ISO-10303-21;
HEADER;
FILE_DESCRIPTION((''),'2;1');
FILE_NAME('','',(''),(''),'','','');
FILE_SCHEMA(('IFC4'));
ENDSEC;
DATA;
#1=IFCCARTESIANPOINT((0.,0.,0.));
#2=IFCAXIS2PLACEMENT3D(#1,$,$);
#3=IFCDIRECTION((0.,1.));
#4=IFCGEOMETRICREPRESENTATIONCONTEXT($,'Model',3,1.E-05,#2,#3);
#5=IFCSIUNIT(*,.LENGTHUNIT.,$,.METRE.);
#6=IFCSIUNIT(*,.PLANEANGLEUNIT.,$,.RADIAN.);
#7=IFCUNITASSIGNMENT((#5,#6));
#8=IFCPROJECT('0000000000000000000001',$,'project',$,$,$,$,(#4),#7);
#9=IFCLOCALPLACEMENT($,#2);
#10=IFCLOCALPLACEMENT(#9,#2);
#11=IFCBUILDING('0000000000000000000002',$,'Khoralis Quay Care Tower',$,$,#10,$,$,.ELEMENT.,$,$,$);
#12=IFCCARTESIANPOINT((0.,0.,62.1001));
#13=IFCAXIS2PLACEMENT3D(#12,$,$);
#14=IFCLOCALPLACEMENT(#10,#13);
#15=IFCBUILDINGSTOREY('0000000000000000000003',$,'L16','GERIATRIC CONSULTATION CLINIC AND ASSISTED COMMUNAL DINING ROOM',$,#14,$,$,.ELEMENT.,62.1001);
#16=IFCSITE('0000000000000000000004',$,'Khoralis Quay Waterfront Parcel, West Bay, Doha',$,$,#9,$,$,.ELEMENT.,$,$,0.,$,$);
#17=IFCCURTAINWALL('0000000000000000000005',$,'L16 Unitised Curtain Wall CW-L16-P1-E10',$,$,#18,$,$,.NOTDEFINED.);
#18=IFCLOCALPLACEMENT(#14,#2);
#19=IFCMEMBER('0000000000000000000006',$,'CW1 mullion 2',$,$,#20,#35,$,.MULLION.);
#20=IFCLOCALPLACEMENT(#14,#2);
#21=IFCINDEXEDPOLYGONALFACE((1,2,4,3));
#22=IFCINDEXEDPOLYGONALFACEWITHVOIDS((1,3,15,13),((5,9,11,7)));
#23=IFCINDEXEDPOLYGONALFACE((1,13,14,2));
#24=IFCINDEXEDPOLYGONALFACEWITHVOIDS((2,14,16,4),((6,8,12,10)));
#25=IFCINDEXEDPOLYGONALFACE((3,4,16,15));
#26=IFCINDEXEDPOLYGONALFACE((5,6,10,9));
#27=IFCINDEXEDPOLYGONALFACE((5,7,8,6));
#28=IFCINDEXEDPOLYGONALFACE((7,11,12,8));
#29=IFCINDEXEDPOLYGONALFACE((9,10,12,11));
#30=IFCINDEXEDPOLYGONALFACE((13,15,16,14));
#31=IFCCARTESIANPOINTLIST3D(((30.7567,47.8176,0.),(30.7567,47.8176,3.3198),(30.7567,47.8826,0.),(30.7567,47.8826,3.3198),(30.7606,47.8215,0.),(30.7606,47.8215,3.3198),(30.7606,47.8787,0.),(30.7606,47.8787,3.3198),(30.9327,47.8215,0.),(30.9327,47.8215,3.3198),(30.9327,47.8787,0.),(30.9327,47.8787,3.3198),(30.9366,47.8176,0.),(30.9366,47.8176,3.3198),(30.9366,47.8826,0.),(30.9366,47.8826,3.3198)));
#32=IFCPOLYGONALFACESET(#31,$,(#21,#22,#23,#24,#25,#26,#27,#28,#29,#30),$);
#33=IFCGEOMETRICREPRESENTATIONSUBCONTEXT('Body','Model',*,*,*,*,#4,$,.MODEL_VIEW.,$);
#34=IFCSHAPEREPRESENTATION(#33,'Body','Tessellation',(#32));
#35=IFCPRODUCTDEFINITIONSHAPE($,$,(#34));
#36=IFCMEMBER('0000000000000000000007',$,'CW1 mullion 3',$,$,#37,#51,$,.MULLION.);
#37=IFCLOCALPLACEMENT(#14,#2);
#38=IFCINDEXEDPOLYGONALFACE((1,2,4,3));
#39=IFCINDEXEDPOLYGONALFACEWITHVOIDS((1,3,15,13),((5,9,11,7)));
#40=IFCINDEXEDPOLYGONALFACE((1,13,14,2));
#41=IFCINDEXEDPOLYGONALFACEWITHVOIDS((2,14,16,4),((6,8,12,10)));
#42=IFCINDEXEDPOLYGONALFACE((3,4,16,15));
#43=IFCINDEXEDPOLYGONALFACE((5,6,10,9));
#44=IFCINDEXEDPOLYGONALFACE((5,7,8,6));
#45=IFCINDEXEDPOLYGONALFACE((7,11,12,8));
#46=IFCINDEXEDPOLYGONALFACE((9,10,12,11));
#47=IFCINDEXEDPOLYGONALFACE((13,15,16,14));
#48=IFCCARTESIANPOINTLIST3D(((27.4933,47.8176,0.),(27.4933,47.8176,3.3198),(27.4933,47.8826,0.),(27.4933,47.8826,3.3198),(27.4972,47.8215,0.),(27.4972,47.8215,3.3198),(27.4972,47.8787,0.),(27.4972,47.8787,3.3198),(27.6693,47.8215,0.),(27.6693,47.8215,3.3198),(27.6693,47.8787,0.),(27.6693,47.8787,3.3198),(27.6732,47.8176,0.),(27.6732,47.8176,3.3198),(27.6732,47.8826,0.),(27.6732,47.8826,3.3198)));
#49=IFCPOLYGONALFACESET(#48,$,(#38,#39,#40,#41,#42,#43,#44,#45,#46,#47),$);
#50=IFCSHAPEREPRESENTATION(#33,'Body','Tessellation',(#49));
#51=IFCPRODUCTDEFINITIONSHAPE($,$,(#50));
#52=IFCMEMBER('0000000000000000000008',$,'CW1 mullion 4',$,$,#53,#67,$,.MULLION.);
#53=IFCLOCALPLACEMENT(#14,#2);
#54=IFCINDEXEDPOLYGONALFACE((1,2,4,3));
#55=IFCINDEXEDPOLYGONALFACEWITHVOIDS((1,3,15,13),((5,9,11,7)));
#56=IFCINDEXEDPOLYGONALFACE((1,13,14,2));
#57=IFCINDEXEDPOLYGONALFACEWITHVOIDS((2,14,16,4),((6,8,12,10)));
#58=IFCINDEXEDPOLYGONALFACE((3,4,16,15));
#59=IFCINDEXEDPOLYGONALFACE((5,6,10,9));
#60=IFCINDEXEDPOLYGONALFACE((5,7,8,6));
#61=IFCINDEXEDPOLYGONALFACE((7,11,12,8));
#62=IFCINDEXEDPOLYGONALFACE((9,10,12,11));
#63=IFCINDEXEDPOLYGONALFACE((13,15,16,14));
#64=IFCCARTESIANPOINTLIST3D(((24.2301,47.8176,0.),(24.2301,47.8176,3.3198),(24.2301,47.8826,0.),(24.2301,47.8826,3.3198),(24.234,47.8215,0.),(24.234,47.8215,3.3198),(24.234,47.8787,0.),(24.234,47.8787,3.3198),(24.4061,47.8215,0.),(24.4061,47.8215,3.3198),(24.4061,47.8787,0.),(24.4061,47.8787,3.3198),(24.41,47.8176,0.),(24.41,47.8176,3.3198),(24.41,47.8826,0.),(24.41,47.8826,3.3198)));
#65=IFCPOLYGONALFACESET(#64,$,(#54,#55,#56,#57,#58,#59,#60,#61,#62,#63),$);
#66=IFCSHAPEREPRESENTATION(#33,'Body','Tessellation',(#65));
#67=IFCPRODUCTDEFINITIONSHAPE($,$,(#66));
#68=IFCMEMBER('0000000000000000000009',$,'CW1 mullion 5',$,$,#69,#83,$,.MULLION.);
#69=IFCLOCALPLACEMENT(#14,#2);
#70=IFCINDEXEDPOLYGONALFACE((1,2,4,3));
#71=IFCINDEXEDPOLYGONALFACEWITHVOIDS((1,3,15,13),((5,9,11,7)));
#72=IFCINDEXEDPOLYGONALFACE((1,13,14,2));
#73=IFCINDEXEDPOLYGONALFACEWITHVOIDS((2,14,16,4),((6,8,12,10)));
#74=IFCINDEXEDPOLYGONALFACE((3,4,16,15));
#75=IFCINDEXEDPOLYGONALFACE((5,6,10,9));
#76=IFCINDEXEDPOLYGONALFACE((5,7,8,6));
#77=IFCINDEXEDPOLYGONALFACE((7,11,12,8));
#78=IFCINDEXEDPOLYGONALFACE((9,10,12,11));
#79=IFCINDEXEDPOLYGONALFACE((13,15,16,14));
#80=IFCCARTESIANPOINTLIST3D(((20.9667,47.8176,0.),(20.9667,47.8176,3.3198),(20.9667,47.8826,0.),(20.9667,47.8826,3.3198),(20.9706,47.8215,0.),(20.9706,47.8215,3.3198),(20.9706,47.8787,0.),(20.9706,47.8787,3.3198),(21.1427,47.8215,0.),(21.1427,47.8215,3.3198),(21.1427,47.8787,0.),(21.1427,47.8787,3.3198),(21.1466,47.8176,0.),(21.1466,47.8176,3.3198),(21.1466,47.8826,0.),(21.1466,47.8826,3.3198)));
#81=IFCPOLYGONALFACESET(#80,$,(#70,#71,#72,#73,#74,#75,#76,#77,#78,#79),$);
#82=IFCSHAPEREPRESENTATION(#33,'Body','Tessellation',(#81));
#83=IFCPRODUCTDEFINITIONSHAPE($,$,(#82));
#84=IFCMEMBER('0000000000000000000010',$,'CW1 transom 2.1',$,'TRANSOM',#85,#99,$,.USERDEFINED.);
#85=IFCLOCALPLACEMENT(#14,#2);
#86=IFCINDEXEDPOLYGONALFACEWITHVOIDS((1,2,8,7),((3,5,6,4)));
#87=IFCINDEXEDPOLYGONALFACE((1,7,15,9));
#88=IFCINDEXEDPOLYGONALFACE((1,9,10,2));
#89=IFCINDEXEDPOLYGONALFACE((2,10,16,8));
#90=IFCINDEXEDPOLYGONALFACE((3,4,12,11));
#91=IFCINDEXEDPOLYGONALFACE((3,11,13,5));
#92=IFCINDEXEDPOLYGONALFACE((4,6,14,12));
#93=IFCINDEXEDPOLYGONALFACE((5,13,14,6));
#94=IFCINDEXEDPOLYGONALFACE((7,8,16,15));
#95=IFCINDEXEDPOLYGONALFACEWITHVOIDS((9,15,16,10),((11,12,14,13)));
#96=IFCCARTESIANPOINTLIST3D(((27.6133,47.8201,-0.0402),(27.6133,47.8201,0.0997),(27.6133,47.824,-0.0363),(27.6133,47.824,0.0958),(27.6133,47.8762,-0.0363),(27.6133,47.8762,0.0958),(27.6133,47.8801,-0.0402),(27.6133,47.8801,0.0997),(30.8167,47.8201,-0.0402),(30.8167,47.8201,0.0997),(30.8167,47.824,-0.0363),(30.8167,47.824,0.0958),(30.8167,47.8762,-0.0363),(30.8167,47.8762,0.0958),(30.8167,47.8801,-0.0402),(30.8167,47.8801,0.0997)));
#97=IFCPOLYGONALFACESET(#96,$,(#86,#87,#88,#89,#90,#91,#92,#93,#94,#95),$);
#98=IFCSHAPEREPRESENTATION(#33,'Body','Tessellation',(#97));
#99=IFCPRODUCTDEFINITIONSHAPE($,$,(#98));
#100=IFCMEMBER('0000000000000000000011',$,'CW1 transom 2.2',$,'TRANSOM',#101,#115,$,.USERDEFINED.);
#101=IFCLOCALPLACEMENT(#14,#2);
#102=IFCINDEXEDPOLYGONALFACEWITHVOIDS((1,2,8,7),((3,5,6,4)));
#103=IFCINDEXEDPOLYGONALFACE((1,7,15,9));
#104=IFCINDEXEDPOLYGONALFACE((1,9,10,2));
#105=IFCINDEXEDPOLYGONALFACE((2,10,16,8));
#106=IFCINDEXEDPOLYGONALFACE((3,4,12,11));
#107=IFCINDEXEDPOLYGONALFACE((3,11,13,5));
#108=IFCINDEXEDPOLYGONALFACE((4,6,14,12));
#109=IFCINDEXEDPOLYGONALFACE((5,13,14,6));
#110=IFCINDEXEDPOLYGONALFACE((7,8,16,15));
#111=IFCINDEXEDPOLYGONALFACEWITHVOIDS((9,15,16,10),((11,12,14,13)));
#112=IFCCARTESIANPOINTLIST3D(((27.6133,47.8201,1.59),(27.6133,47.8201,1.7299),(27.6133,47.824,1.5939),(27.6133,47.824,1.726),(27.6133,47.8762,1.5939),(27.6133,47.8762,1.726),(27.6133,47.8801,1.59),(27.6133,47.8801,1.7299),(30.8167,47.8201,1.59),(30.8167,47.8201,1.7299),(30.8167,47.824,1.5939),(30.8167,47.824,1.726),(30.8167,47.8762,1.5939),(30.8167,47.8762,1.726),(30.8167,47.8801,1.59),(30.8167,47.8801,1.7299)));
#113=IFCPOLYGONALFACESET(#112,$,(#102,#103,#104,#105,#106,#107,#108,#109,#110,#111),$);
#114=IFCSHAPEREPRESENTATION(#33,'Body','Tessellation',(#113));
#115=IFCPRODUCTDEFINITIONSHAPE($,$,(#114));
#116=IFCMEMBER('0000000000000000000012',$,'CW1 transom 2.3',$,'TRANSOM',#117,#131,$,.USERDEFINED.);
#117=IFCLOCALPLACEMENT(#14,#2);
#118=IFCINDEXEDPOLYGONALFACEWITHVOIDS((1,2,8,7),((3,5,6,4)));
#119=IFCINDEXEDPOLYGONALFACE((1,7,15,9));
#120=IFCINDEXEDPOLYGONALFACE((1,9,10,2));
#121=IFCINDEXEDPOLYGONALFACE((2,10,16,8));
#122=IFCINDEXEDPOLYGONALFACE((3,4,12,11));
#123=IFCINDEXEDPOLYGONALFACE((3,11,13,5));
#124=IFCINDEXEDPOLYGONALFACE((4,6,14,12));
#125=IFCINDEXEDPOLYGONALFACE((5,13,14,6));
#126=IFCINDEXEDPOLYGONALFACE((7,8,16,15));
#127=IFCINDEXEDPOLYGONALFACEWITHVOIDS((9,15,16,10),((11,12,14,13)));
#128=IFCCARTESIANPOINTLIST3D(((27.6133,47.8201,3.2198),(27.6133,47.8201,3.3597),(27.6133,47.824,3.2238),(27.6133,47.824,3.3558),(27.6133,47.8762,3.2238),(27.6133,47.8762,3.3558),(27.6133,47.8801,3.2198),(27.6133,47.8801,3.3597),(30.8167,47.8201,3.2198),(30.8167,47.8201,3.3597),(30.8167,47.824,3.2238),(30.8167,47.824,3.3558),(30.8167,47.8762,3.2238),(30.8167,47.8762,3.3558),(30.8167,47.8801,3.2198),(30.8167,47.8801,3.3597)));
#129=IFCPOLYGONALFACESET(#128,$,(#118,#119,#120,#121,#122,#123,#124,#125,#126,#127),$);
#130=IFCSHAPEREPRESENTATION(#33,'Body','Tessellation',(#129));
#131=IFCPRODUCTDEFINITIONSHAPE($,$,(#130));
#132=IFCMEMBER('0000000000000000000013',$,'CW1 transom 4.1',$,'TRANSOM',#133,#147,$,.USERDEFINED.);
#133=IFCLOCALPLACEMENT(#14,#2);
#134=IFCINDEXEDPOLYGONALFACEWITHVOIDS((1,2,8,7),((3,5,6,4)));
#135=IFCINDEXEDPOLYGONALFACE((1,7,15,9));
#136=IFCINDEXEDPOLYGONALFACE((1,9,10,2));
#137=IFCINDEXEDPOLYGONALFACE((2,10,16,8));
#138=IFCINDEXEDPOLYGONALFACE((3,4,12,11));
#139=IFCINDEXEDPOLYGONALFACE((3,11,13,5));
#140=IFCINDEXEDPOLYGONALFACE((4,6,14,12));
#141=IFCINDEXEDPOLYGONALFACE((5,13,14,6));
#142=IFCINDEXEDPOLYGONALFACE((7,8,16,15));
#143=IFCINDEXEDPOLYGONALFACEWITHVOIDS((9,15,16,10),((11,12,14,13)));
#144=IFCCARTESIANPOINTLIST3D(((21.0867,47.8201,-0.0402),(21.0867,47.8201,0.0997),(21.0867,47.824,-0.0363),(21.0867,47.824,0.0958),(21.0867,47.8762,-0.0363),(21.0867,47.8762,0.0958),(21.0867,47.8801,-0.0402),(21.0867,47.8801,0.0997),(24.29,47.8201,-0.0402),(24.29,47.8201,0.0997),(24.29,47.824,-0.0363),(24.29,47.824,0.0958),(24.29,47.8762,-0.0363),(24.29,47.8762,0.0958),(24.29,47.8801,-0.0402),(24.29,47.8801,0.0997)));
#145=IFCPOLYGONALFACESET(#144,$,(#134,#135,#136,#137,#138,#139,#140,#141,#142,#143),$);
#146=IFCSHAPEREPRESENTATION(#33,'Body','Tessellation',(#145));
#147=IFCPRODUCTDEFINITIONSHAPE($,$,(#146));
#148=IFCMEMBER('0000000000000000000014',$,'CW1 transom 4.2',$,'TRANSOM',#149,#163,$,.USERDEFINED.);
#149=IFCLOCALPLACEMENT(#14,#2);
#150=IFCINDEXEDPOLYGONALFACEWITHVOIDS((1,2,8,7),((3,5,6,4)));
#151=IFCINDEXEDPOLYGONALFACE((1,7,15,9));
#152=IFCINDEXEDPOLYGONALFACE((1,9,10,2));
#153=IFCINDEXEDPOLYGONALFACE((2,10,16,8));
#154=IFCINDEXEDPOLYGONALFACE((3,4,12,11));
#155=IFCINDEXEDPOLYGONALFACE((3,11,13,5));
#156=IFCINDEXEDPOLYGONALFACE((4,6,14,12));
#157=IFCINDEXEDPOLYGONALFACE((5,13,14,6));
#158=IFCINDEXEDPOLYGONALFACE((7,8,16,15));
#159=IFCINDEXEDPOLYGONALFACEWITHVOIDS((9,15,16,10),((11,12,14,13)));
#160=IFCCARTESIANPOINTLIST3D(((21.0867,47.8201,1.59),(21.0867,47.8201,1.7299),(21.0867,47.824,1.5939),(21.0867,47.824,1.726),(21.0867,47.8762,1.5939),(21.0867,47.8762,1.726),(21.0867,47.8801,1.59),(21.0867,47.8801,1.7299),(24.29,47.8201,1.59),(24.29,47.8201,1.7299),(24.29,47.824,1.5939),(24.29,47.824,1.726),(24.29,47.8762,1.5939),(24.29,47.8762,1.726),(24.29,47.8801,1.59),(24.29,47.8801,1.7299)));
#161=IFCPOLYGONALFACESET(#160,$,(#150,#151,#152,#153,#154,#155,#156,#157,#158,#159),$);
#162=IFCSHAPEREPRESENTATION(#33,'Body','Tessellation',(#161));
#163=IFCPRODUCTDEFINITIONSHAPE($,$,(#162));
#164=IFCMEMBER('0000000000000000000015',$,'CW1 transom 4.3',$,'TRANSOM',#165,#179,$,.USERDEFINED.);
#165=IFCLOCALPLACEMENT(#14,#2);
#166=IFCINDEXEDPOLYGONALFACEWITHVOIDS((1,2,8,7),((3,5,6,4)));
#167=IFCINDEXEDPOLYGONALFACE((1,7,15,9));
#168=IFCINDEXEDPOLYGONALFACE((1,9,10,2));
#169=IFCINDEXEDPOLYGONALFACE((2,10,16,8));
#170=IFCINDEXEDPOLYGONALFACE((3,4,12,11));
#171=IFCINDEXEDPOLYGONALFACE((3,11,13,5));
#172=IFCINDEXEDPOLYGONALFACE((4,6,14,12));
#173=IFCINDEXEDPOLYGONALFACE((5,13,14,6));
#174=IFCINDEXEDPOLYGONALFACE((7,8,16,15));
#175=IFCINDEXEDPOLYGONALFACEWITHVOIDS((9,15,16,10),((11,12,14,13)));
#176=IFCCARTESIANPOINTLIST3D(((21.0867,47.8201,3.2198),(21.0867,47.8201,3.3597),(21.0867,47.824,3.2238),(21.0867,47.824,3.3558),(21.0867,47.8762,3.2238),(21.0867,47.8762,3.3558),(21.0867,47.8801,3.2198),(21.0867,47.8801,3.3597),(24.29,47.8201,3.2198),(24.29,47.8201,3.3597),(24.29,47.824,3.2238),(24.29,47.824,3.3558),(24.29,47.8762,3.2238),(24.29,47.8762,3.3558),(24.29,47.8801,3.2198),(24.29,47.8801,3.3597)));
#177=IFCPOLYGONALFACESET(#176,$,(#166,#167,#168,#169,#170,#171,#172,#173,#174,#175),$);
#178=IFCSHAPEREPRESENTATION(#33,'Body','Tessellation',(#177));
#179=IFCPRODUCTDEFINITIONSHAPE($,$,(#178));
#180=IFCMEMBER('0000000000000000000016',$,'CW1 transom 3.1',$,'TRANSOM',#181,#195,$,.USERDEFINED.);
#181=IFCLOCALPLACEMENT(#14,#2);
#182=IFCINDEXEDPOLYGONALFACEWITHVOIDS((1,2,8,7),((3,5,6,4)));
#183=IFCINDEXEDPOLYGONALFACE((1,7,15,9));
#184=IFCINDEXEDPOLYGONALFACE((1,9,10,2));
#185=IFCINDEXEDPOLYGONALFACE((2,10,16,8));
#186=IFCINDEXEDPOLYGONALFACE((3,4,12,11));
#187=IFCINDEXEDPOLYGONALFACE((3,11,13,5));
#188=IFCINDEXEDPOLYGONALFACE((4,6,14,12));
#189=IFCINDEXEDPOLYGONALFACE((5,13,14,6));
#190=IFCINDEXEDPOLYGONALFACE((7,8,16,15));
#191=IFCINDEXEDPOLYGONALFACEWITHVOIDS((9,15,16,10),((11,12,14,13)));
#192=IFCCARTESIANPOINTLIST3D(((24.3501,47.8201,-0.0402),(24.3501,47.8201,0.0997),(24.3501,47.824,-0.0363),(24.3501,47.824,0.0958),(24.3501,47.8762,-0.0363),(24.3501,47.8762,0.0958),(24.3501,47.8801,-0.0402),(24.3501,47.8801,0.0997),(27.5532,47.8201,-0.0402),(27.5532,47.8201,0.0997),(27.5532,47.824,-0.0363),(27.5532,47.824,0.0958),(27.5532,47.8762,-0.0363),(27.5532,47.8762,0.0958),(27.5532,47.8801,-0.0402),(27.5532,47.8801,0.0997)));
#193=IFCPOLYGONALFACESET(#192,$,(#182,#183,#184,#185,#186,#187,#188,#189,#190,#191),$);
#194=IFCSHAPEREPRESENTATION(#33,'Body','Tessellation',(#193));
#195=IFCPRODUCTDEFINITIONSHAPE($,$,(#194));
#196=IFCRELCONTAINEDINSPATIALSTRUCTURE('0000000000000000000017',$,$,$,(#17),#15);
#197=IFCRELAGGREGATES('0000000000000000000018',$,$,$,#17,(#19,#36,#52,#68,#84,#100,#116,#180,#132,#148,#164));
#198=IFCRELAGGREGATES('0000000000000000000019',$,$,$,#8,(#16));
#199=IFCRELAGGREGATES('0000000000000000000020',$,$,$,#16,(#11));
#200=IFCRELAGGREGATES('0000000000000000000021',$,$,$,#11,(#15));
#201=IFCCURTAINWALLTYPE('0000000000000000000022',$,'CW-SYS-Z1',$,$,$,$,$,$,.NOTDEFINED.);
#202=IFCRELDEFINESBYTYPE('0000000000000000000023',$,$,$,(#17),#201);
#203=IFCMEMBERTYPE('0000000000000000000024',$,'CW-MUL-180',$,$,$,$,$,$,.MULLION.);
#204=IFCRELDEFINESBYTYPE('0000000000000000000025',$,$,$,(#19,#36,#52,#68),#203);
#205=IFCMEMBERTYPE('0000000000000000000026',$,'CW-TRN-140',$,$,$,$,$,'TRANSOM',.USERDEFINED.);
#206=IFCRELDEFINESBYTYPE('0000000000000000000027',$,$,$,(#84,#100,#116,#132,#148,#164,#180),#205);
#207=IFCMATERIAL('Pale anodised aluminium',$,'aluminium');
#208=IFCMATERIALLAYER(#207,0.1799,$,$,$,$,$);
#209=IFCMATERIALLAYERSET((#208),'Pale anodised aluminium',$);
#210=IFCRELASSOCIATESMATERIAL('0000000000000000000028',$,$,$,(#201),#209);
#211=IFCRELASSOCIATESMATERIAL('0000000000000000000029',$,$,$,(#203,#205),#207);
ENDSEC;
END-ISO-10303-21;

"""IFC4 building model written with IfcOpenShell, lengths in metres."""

from ifc_helpers import new_model, si_unit, direction, frame, origin, origin_2d, place, context, subcontext, project, spatial, hollow_rectangle, extrude, source, transform, mapped, material, layer, layer_set, material_profile, profile_set, type_object, element, aggregate, save


model = new_model("IFC4")

# Units and contexts
model_context = context("Model", 3, precision=1e-05, world=origin(), true_north=direction((0.0, 1.0)))
body_context = subcontext(model_context, "Body", "Model", "MODEL_VIEW")
ifc_project = project(units=[si_unit("LENGTHUNIT", "METRE"), si_unit("PLANEANGLEUNIT", "RADIAN")], contexts=[model_context])

# Site, building, storey
site_placement = place(None, origin())
site = spatial("IfcSite", under=ifc_project, at=site_placement, Name="Khoralis Quay Waterfront Parcel, West Bay, Doha", CompositionType="ELEMENT", RefElevation=0.0)
building_placement = place(site_placement, origin())
building = spatial("IfcBuilding", under=site, at=building_placement, Name="Khoralis Quay Care Tower", CompositionType="ELEMENT")
storey_placement = place(building_placement, frame((0.0, 0.0, 62.1001)))
storey = spatial("IfcBuildingStorey", under=building, at=storey_placement, Name="L16", Description="GERIATRIC CONSULTATION CLINIC AND ASSISTED COMMUNAL DINING ROOM", CompositionType="ELEMENT", Elevation=62.1001)

# Curtain wall, members
ifc_material_1 = material(Name="Pale anodised aluminium", Category="aluminium")
ifc_layer_1 = layer(ifc_material_1, 0.1799)
ifc_layer_set_1 = layer_set([ifc_layer_1], Name="Pale anodised aluminium")
curtain_wall_type = type_object("IfcCurtainWallType", Name="CW-SYS-Z1", PredefinedType="NOTDEFINED", material=ifc_layer_set_1)
curtain_wall_placement = place(storey_placement, origin())
curtain_wall = element("IfcCurtainWall", 1, at=curtain_wall_placement, inside=storey, type_object=curtain_wall_type, Name="L16 Unitised Curtain Wall CW-L16-P1-E10", PredefinedType="NOTDEFINED")
ifc_material_profile_1 = material_profile(ifc_material_1, hollow_rectangle(XDim=0.0649, YDim=0.1799, WallThickness=0.0039, at=origin_2d()), Name="Pale anodised aluminium")
ifc_profile_set_1 = profile_set([ifc_material_profile_1], Name="Pale anodised aluminium")
member_type_1 = type_object("IfcMemberType", Name="CW-MUL-180", PredefinedType="MULLION", material=ifc_profile_set_1)
shared_shape_1 = source(origin(), body_context, "Body", "SweptSolid", [
    extrude(hollow_rectangle(XDim=0.0649, YDim=0.1799, WallThickness=0.0039, at=origin_2d()), origin(), (0.0, 0.0, 1.0), 3.3198),
])
member_1_placement = place(storey_placement, frame((30.8467, 47.8501, 0.0), z_axis=(0.0, 0.0, 1.0), x_axis=(0.0, -1.0, 0.0)))
member_1 = element("IfcMember", 2, at=member_1_placement, type_object=member_type_1, Name="CW1 mullion 2", PredefinedType="MULLION", context=body_context, shape_type="MappedRepresentation", body=[
    mapped(shared_shape_1, transform((0.0, 0.0, 0.0), scale=1.0)),
])
member_2_placement = place(storey_placement, frame((27.5833, 47.8501, 0.0), z_axis=(0.0, 0.0, 1.0), x_axis=(0.0, -1.0, 0.0)))
member_2 = element("IfcMember", 3, at=member_2_placement, type_object=member_type_1, Name="CW1 mullion 3", PredefinedType="MULLION", context=body_context, shape_type="MappedRepresentation", body=[
    mapped(shared_shape_1, transform((0.0, 0.0, 0.0), scale=1.0)),
])
member_3_placement = place(storey_placement, frame((24.3201, 47.8501, 0.0), z_axis=(0.0, 0.0, 1.0), x_axis=(0.0, -1.0, 0.0)))
member_3 = element("IfcMember", 4, at=member_3_placement, type_object=member_type_1, Name="CW1 mullion 4", PredefinedType="MULLION", context=body_context, shape_type="MappedRepresentation", body=[
    mapped(shared_shape_1, transform((0.0, 0.0, 0.0), scale=1.0)),
])
member_4_placement = place(storey_placement, frame((21.0566, 47.8501, 0.0), z_axis=(0.0, 0.0, 1.0), x_axis=(0.0, -1.0, 0.0)))
member_4 = element("IfcMember", 5, at=member_4_placement, type_object=member_type_1, Name="CW1 mullion 5", PredefinedType="MULLION", context=body_context, shape_type="MappedRepresentation", body=[
    mapped(shared_shape_1, transform((0.0, 0.0, 0.0), scale=1.0)),
])
ifc_material_profile_2 = material_profile(ifc_material_1, hollow_rectangle(XDim=0.0601, YDim=0.1399, WallThickness=0.0039, at=origin_2d()), Name="Pale anodised aluminium")
ifc_profile_set_2 = profile_set([ifc_material_profile_2], Name="Pale anodised aluminium")
member_type_2 = type_object("IfcMemberType", Name="CW-TRN-140", ElementType="TRANSOM", PredefinedType="USERDEFINED", material=ifc_profile_set_2)
shared_shape_2 = source(origin(), body_context, "Body", "SweptSolid", [
    extrude(hollow_rectangle(XDim=0.0601, YDim=0.1399, WallThickness=0.0039, at=origin_2d()), origin(), (0.0, 0.0, 1.0), 3.2034),
])
member_5_placement = place(storey_placement, frame((30.8167, 47.8501, 0.0298), z_axis=(-1.0, 0.0, 0.0), x_axis=(0.0, -1.0, 0.0)))
member_5 = element("IfcMember", 6, at=member_5_placement, type_object=member_type_2, Name="CW1 transom 2.1", ObjectType="TRANSOM", PredefinedType="USERDEFINED", context=body_context, shape_type="MappedRepresentation", body=[
    mapped(shared_shape_2, transform((0.0, 0.0, 0.0), scale=1.0)),
])
member_6_placement = place(storey_placement, frame((30.8167, 47.8501, 1.6599), z_axis=(-1.0, 0.0, 0.0), x_axis=(0.0, -1.0, 0.0)))
member_6 = element("IfcMember", 7, at=member_6_placement, type_object=member_type_2, Name="CW1 transom 2.2", ObjectType="TRANSOM", PredefinedType="USERDEFINED", context=body_context, shape_type="MappedRepresentation", body=[
    mapped(shared_shape_2, transform((0.0, 0.0, 0.0), scale=1.0)),
])
member_7_placement = place(storey_placement, frame((30.8167, 47.8501, 3.2898), z_axis=(-1.0, 0.0, 0.0), x_axis=(0.0, -1.0, 0.0)))
member_7 = element("IfcMember", 8, at=member_7_placement, type_object=member_type_2, Name="CW1 transom 2.3", ObjectType="TRANSOM", PredefinedType="USERDEFINED", context=body_context, shape_type="MappedRepresentation", body=[
    mapped(shared_shape_2, transform((0.0, 0.0, 0.0), scale=1.0)),
])
member_8_placement = place(storey_placement, frame((24.29, 47.8501, 0.0298), z_axis=(-1.0, 0.0, 0.0), x_axis=(0.0, -1.0, 0.0)))
member_8 = element("IfcMember", 9, at=member_8_placement, type_object=member_type_2, Name="CW1 transom 4.1", ObjectType="TRANSOM", PredefinedType="USERDEFINED", context=body_context, shape_type="MappedRepresentation", body=[
    mapped(shared_shape_2, transform((0.0, 0.0, 0.0), scale=1.0)),
])
member_9_placement = place(storey_placement, frame((24.29, 47.8501, 1.6599), z_axis=(-1.0, 0.0, 0.0), x_axis=(0.0, -1.0, 0.0)))
member_9 = element("IfcMember", 10, at=member_9_placement, type_object=member_type_2, Name="CW1 transom 4.2", ObjectType="TRANSOM", PredefinedType="USERDEFINED", context=body_context, shape_type="MappedRepresentation", body=[
    mapped(shared_shape_2, transform((0.0, 0.0, 0.0), scale=1.0)),
])
member_10_placement = place(storey_placement, frame((24.29, 47.8501, 3.2898), z_axis=(-1.0, 0.0, 0.0), x_axis=(0.0, -1.0, 0.0)))
member_10 = element("IfcMember", 11, at=member_10_placement, type_object=member_type_2, Name="CW1 transom 4.3", ObjectType="TRANSOM", PredefinedType="USERDEFINED", context=body_context, shape_type="MappedRepresentation", body=[
    mapped(shared_shape_2, transform((0.0, 0.0, 0.0), scale=1.0)),
])
shared_shape_3 = source(origin(), body_context, "Body", "SweptSolid", [
    extrude(hollow_rectangle(XDim=0.0601, YDim=0.1399, WallThickness=0.0039, at=origin_2d()), origin(), (0.0, 0.0, 1.0), 3.2031),
])
member_11_placement = place(storey_placement, frame((27.5532, 47.8501, 0.0298), z_axis=(-1.0, 0.0, 0.0), x_axis=(0.0, -1.0, 0.0)))
member_11 = element("IfcMember", 12, at=member_11_placement, type_object=member_type_2, Name="CW1 transom 3.1", ObjectType="TRANSOM", PredefinedType="USERDEFINED", context=body_context, shape_type="MappedRepresentation", body=[
    mapped(shared_shape_3, transform((0.0, 0.0, 0.0), scale=1.0)),
])
aggregate(curtain_wall, [member_1, member_2, member_3, member_4, member_5, member_6, member_7, member_11, member_8, member_9, member_10])

save(model, "model.ifc")
